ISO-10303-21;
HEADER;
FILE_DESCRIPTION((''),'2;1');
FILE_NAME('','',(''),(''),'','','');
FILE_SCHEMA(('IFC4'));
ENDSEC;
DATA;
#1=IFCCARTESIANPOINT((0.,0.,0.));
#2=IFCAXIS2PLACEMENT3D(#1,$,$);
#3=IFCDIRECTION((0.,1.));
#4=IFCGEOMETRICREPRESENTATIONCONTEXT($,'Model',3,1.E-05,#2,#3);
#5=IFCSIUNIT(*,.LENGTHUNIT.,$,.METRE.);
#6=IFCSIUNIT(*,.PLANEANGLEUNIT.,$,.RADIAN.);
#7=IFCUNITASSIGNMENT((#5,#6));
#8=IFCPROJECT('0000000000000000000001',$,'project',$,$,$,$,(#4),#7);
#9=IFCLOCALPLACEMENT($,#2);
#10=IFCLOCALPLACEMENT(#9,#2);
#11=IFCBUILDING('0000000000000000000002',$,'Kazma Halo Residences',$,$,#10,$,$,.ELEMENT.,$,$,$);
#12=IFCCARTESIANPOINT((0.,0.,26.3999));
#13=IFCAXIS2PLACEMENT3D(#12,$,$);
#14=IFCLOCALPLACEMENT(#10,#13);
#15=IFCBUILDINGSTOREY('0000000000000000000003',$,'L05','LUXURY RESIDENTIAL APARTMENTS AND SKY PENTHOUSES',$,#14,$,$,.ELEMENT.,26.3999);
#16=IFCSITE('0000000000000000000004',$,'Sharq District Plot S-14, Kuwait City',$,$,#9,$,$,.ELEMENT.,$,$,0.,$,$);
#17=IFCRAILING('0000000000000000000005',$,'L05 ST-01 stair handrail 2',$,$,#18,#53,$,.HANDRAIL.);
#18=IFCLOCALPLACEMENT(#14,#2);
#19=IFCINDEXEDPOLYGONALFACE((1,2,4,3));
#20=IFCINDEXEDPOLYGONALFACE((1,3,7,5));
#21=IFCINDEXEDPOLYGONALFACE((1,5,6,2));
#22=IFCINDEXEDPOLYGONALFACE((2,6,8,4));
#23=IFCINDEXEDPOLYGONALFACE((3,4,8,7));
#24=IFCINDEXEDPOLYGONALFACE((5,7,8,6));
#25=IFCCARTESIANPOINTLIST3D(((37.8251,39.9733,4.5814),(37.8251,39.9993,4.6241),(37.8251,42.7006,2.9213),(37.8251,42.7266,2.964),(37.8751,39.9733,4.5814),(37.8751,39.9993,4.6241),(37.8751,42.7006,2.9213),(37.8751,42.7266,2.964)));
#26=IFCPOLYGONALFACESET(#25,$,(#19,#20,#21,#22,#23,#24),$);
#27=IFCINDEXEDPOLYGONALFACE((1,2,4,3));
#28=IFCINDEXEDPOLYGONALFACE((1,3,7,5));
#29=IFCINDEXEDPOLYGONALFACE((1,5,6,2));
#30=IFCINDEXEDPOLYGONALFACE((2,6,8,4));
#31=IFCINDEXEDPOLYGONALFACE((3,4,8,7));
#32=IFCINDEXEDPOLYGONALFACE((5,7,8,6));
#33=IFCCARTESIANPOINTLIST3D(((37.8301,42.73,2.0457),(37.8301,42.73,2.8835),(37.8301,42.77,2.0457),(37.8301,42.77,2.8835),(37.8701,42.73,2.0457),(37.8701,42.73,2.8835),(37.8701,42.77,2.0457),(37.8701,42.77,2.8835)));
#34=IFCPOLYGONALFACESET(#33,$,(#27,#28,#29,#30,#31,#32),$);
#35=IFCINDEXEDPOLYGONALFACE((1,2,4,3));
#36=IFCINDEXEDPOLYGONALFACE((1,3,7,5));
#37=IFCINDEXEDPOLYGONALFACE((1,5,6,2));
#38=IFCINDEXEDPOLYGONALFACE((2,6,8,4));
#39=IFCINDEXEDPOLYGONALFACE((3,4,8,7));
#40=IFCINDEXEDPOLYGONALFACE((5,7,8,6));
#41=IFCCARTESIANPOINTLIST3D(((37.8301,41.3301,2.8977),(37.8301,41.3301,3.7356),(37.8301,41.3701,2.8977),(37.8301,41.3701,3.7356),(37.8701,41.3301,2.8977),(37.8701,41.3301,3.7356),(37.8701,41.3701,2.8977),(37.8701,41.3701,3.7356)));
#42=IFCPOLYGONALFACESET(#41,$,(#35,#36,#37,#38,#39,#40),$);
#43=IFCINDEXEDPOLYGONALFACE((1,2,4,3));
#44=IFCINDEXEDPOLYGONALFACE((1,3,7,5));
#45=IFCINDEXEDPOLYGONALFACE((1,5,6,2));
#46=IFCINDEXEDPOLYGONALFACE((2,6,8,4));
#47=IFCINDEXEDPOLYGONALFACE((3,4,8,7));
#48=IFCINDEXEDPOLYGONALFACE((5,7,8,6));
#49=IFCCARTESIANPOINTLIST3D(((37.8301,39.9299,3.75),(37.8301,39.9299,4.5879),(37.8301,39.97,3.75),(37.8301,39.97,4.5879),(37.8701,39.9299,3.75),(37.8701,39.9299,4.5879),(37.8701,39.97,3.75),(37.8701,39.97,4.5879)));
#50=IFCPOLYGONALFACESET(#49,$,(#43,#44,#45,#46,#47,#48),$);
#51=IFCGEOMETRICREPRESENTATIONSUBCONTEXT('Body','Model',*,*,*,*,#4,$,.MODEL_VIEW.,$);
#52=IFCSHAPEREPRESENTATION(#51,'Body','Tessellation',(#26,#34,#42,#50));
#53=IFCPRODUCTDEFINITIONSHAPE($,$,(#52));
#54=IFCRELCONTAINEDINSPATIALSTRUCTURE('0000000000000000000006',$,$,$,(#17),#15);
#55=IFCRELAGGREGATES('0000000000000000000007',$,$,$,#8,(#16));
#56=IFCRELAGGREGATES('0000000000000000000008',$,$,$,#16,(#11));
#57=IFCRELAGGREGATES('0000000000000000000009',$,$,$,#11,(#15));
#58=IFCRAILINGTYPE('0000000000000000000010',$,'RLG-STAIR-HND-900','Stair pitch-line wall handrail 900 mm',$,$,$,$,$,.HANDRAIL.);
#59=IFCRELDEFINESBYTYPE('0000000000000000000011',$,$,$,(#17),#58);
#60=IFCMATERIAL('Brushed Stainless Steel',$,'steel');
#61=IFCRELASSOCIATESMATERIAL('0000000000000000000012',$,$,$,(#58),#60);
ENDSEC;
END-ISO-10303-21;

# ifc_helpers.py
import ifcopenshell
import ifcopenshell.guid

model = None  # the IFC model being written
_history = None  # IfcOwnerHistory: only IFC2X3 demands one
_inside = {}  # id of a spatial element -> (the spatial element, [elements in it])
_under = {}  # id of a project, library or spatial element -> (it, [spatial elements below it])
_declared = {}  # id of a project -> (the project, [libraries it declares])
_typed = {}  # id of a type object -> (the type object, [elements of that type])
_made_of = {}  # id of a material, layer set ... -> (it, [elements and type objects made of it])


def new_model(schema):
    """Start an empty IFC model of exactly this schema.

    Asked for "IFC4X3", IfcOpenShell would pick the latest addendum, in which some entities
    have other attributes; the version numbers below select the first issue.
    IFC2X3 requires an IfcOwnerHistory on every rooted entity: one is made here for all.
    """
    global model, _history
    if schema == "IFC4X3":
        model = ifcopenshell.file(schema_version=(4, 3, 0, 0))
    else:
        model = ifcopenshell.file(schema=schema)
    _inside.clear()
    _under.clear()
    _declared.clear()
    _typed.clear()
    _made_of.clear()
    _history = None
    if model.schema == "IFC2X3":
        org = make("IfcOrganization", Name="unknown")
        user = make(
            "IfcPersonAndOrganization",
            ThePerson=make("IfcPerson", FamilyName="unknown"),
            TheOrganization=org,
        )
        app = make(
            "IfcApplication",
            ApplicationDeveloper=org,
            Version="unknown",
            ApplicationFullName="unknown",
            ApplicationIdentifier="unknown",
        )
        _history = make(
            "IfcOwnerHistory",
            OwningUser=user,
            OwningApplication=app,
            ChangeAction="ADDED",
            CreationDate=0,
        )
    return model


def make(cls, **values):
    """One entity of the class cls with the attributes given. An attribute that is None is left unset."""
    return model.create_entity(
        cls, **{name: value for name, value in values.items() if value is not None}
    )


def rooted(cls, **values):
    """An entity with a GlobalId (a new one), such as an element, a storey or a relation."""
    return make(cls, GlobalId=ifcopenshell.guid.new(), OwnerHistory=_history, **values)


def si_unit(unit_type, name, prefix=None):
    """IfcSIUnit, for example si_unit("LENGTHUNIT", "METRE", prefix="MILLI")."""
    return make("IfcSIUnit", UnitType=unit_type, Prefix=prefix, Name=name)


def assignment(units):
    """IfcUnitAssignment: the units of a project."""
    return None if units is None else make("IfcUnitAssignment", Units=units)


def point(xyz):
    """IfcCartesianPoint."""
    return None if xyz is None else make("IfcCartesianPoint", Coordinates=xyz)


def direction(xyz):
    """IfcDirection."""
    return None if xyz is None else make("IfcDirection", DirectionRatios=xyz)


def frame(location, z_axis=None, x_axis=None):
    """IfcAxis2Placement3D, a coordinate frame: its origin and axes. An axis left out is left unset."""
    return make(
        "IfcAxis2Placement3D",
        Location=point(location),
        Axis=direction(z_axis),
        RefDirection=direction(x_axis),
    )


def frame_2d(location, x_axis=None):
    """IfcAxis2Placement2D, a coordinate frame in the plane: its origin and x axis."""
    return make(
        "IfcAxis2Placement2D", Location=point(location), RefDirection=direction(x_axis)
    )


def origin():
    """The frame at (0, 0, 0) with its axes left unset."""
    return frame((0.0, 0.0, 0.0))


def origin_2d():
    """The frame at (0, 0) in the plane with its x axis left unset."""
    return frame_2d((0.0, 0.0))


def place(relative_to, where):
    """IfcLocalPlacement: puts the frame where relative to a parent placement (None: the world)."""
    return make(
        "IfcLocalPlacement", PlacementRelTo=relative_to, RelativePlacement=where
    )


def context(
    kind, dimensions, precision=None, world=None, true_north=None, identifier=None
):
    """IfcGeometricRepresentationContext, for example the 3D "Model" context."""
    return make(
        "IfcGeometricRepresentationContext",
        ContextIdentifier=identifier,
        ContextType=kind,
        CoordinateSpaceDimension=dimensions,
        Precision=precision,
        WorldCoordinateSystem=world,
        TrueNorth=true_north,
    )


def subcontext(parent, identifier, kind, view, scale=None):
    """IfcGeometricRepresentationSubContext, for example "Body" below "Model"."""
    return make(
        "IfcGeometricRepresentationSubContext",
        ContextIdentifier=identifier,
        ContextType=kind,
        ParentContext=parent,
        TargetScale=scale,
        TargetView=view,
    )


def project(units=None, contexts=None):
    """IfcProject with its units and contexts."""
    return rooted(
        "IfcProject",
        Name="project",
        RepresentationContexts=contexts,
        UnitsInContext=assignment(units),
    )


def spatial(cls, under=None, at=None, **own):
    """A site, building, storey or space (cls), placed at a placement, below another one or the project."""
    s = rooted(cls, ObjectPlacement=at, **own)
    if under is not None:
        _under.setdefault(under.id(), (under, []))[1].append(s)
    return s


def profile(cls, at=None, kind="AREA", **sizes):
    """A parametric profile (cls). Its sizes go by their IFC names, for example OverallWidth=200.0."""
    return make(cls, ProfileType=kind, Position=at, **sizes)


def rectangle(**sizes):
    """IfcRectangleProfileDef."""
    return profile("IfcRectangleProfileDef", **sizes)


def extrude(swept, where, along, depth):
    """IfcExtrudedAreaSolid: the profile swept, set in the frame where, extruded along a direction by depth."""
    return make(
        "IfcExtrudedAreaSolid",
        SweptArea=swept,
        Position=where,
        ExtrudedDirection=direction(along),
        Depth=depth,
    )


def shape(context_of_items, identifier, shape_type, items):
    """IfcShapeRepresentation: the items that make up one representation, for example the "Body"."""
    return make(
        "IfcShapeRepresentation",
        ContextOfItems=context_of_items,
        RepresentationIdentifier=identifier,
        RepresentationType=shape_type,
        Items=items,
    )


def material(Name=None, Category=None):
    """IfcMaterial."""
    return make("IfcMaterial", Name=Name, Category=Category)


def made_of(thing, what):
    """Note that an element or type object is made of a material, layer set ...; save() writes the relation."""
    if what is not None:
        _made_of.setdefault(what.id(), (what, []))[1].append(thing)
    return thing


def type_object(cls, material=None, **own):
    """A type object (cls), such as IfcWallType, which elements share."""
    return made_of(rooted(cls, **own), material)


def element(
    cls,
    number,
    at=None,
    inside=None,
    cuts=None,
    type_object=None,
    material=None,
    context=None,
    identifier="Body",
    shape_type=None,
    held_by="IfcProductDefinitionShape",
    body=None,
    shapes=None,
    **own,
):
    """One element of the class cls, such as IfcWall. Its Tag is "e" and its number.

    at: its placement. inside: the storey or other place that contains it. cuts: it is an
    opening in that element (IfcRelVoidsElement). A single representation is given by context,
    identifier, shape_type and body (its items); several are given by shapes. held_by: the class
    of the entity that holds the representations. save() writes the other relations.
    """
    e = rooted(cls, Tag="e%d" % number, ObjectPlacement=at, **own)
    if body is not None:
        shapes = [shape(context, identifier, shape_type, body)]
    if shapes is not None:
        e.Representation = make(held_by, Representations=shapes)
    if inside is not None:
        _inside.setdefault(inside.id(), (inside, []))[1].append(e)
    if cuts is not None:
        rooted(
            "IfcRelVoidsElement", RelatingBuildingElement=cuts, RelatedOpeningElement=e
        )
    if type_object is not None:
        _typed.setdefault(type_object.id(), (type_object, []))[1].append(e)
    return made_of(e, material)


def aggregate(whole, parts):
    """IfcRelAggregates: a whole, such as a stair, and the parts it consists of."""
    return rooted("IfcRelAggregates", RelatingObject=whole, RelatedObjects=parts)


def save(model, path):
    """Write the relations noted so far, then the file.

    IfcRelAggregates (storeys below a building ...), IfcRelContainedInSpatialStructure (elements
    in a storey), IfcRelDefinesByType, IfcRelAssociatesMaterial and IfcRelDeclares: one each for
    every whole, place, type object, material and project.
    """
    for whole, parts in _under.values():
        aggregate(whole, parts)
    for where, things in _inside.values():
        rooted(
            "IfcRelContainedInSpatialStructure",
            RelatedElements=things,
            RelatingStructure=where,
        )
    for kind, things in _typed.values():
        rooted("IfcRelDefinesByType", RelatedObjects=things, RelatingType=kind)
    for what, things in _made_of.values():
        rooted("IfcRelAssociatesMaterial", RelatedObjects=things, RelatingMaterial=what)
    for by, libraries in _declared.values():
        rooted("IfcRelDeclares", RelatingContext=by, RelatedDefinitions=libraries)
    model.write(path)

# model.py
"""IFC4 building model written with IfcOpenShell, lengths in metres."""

from ifc_helpers import new_model, si_unit, direction, frame, origin, origin_2d, place, context, subcontext, project, spatial, rectangle, extrude, material, type_object, element, save


model = new_model("IFC4")

# Units and contexts
model_context = context("Model", 3, precision=1e-05, world=origin(), true_north=direction((0.0, 1.0)))
body_context = subcontext(model_context, "Body", "Model", "MODEL_VIEW")
ifc_project = project(units=[si_unit("LENGTHUNIT", "METRE"), si_unit("PLANEANGLEUNIT", "RADIAN")], contexts=[model_context])

# Site, building, storey
site_placement = place(None, origin())
site = spatial("IfcSite", under=ifc_project, at=site_placement, Name="Sharq District Plot S-14, Kuwait City", CompositionType="ELEMENT", RefElevation=0.0)
building_placement = place(site_placement, origin())
building = spatial("IfcBuilding", under=site, at=building_placement, Name="Kazma Halo Residences", CompositionType="ELEMENT")
storey_placement = place(building_placement, frame((0.0, 0.0, 26.3999)))
storey = spatial("IfcBuildingStorey", under=building, at=storey_placement, Name="L05", Description="LUXURY RESIDENTIAL APARTMENTS AND SKY PENTHOUSES", CompositionType="ELEMENT", Elevation=26.3999)

# Railing
ifc_material_1 = material(Name="Brushed Stainless Steel", Category="steel")
railing_type_1 = type_object("IfcRailingType", Name="RLG-STAIR-HND-900", Description="Stair pitch-line wall handrail 900 mm", PredefinedType="HANDRAIL", material=ifc_material_1)
railing_1_placement = place(storey_placement, frame((37.8501, 42.75, 2.0457)))
element("IfcRailing", 1, at=railing_1_placement, inside=storey, type_object=railing_type_1, Name="L05 ST-01 stair handrail 2", PredefinedType="HANDRAIL", context=body_context, shape_type="SweptSolid", body=[
    extrude(rectangle(XDim=0.05, YDim=0.05, at=origin_2d()), frame((0.0, -0.0364, 0.897), z_axis=(0.0, -0.854203, 0.51994), x_axis=(1.0, 0.0, 0.0)), (0.0, 0.0, 1.0), 3.1929),
    extrude(rectangle(XDim=0.04, YDim=0.04, at=origin_2d()), origin(), (0.0, 0.0, 1.0), 0.8379),
    extrude(rectangle(XDim=0.04, YDim=0.04, at=origin_2d()), frame((0.0, -1.3999, 0.8521)), (0.0, 0.0, 1.0), 0.8379),
    extrude(rectangle(XDim=0.04, YDim=0.04, at=origin_2d()), frame((0.0, -2.8, 1.7043)), (0.0, 0.0, 1.0), 0.8379),
])

save(model, "model.ifc")
